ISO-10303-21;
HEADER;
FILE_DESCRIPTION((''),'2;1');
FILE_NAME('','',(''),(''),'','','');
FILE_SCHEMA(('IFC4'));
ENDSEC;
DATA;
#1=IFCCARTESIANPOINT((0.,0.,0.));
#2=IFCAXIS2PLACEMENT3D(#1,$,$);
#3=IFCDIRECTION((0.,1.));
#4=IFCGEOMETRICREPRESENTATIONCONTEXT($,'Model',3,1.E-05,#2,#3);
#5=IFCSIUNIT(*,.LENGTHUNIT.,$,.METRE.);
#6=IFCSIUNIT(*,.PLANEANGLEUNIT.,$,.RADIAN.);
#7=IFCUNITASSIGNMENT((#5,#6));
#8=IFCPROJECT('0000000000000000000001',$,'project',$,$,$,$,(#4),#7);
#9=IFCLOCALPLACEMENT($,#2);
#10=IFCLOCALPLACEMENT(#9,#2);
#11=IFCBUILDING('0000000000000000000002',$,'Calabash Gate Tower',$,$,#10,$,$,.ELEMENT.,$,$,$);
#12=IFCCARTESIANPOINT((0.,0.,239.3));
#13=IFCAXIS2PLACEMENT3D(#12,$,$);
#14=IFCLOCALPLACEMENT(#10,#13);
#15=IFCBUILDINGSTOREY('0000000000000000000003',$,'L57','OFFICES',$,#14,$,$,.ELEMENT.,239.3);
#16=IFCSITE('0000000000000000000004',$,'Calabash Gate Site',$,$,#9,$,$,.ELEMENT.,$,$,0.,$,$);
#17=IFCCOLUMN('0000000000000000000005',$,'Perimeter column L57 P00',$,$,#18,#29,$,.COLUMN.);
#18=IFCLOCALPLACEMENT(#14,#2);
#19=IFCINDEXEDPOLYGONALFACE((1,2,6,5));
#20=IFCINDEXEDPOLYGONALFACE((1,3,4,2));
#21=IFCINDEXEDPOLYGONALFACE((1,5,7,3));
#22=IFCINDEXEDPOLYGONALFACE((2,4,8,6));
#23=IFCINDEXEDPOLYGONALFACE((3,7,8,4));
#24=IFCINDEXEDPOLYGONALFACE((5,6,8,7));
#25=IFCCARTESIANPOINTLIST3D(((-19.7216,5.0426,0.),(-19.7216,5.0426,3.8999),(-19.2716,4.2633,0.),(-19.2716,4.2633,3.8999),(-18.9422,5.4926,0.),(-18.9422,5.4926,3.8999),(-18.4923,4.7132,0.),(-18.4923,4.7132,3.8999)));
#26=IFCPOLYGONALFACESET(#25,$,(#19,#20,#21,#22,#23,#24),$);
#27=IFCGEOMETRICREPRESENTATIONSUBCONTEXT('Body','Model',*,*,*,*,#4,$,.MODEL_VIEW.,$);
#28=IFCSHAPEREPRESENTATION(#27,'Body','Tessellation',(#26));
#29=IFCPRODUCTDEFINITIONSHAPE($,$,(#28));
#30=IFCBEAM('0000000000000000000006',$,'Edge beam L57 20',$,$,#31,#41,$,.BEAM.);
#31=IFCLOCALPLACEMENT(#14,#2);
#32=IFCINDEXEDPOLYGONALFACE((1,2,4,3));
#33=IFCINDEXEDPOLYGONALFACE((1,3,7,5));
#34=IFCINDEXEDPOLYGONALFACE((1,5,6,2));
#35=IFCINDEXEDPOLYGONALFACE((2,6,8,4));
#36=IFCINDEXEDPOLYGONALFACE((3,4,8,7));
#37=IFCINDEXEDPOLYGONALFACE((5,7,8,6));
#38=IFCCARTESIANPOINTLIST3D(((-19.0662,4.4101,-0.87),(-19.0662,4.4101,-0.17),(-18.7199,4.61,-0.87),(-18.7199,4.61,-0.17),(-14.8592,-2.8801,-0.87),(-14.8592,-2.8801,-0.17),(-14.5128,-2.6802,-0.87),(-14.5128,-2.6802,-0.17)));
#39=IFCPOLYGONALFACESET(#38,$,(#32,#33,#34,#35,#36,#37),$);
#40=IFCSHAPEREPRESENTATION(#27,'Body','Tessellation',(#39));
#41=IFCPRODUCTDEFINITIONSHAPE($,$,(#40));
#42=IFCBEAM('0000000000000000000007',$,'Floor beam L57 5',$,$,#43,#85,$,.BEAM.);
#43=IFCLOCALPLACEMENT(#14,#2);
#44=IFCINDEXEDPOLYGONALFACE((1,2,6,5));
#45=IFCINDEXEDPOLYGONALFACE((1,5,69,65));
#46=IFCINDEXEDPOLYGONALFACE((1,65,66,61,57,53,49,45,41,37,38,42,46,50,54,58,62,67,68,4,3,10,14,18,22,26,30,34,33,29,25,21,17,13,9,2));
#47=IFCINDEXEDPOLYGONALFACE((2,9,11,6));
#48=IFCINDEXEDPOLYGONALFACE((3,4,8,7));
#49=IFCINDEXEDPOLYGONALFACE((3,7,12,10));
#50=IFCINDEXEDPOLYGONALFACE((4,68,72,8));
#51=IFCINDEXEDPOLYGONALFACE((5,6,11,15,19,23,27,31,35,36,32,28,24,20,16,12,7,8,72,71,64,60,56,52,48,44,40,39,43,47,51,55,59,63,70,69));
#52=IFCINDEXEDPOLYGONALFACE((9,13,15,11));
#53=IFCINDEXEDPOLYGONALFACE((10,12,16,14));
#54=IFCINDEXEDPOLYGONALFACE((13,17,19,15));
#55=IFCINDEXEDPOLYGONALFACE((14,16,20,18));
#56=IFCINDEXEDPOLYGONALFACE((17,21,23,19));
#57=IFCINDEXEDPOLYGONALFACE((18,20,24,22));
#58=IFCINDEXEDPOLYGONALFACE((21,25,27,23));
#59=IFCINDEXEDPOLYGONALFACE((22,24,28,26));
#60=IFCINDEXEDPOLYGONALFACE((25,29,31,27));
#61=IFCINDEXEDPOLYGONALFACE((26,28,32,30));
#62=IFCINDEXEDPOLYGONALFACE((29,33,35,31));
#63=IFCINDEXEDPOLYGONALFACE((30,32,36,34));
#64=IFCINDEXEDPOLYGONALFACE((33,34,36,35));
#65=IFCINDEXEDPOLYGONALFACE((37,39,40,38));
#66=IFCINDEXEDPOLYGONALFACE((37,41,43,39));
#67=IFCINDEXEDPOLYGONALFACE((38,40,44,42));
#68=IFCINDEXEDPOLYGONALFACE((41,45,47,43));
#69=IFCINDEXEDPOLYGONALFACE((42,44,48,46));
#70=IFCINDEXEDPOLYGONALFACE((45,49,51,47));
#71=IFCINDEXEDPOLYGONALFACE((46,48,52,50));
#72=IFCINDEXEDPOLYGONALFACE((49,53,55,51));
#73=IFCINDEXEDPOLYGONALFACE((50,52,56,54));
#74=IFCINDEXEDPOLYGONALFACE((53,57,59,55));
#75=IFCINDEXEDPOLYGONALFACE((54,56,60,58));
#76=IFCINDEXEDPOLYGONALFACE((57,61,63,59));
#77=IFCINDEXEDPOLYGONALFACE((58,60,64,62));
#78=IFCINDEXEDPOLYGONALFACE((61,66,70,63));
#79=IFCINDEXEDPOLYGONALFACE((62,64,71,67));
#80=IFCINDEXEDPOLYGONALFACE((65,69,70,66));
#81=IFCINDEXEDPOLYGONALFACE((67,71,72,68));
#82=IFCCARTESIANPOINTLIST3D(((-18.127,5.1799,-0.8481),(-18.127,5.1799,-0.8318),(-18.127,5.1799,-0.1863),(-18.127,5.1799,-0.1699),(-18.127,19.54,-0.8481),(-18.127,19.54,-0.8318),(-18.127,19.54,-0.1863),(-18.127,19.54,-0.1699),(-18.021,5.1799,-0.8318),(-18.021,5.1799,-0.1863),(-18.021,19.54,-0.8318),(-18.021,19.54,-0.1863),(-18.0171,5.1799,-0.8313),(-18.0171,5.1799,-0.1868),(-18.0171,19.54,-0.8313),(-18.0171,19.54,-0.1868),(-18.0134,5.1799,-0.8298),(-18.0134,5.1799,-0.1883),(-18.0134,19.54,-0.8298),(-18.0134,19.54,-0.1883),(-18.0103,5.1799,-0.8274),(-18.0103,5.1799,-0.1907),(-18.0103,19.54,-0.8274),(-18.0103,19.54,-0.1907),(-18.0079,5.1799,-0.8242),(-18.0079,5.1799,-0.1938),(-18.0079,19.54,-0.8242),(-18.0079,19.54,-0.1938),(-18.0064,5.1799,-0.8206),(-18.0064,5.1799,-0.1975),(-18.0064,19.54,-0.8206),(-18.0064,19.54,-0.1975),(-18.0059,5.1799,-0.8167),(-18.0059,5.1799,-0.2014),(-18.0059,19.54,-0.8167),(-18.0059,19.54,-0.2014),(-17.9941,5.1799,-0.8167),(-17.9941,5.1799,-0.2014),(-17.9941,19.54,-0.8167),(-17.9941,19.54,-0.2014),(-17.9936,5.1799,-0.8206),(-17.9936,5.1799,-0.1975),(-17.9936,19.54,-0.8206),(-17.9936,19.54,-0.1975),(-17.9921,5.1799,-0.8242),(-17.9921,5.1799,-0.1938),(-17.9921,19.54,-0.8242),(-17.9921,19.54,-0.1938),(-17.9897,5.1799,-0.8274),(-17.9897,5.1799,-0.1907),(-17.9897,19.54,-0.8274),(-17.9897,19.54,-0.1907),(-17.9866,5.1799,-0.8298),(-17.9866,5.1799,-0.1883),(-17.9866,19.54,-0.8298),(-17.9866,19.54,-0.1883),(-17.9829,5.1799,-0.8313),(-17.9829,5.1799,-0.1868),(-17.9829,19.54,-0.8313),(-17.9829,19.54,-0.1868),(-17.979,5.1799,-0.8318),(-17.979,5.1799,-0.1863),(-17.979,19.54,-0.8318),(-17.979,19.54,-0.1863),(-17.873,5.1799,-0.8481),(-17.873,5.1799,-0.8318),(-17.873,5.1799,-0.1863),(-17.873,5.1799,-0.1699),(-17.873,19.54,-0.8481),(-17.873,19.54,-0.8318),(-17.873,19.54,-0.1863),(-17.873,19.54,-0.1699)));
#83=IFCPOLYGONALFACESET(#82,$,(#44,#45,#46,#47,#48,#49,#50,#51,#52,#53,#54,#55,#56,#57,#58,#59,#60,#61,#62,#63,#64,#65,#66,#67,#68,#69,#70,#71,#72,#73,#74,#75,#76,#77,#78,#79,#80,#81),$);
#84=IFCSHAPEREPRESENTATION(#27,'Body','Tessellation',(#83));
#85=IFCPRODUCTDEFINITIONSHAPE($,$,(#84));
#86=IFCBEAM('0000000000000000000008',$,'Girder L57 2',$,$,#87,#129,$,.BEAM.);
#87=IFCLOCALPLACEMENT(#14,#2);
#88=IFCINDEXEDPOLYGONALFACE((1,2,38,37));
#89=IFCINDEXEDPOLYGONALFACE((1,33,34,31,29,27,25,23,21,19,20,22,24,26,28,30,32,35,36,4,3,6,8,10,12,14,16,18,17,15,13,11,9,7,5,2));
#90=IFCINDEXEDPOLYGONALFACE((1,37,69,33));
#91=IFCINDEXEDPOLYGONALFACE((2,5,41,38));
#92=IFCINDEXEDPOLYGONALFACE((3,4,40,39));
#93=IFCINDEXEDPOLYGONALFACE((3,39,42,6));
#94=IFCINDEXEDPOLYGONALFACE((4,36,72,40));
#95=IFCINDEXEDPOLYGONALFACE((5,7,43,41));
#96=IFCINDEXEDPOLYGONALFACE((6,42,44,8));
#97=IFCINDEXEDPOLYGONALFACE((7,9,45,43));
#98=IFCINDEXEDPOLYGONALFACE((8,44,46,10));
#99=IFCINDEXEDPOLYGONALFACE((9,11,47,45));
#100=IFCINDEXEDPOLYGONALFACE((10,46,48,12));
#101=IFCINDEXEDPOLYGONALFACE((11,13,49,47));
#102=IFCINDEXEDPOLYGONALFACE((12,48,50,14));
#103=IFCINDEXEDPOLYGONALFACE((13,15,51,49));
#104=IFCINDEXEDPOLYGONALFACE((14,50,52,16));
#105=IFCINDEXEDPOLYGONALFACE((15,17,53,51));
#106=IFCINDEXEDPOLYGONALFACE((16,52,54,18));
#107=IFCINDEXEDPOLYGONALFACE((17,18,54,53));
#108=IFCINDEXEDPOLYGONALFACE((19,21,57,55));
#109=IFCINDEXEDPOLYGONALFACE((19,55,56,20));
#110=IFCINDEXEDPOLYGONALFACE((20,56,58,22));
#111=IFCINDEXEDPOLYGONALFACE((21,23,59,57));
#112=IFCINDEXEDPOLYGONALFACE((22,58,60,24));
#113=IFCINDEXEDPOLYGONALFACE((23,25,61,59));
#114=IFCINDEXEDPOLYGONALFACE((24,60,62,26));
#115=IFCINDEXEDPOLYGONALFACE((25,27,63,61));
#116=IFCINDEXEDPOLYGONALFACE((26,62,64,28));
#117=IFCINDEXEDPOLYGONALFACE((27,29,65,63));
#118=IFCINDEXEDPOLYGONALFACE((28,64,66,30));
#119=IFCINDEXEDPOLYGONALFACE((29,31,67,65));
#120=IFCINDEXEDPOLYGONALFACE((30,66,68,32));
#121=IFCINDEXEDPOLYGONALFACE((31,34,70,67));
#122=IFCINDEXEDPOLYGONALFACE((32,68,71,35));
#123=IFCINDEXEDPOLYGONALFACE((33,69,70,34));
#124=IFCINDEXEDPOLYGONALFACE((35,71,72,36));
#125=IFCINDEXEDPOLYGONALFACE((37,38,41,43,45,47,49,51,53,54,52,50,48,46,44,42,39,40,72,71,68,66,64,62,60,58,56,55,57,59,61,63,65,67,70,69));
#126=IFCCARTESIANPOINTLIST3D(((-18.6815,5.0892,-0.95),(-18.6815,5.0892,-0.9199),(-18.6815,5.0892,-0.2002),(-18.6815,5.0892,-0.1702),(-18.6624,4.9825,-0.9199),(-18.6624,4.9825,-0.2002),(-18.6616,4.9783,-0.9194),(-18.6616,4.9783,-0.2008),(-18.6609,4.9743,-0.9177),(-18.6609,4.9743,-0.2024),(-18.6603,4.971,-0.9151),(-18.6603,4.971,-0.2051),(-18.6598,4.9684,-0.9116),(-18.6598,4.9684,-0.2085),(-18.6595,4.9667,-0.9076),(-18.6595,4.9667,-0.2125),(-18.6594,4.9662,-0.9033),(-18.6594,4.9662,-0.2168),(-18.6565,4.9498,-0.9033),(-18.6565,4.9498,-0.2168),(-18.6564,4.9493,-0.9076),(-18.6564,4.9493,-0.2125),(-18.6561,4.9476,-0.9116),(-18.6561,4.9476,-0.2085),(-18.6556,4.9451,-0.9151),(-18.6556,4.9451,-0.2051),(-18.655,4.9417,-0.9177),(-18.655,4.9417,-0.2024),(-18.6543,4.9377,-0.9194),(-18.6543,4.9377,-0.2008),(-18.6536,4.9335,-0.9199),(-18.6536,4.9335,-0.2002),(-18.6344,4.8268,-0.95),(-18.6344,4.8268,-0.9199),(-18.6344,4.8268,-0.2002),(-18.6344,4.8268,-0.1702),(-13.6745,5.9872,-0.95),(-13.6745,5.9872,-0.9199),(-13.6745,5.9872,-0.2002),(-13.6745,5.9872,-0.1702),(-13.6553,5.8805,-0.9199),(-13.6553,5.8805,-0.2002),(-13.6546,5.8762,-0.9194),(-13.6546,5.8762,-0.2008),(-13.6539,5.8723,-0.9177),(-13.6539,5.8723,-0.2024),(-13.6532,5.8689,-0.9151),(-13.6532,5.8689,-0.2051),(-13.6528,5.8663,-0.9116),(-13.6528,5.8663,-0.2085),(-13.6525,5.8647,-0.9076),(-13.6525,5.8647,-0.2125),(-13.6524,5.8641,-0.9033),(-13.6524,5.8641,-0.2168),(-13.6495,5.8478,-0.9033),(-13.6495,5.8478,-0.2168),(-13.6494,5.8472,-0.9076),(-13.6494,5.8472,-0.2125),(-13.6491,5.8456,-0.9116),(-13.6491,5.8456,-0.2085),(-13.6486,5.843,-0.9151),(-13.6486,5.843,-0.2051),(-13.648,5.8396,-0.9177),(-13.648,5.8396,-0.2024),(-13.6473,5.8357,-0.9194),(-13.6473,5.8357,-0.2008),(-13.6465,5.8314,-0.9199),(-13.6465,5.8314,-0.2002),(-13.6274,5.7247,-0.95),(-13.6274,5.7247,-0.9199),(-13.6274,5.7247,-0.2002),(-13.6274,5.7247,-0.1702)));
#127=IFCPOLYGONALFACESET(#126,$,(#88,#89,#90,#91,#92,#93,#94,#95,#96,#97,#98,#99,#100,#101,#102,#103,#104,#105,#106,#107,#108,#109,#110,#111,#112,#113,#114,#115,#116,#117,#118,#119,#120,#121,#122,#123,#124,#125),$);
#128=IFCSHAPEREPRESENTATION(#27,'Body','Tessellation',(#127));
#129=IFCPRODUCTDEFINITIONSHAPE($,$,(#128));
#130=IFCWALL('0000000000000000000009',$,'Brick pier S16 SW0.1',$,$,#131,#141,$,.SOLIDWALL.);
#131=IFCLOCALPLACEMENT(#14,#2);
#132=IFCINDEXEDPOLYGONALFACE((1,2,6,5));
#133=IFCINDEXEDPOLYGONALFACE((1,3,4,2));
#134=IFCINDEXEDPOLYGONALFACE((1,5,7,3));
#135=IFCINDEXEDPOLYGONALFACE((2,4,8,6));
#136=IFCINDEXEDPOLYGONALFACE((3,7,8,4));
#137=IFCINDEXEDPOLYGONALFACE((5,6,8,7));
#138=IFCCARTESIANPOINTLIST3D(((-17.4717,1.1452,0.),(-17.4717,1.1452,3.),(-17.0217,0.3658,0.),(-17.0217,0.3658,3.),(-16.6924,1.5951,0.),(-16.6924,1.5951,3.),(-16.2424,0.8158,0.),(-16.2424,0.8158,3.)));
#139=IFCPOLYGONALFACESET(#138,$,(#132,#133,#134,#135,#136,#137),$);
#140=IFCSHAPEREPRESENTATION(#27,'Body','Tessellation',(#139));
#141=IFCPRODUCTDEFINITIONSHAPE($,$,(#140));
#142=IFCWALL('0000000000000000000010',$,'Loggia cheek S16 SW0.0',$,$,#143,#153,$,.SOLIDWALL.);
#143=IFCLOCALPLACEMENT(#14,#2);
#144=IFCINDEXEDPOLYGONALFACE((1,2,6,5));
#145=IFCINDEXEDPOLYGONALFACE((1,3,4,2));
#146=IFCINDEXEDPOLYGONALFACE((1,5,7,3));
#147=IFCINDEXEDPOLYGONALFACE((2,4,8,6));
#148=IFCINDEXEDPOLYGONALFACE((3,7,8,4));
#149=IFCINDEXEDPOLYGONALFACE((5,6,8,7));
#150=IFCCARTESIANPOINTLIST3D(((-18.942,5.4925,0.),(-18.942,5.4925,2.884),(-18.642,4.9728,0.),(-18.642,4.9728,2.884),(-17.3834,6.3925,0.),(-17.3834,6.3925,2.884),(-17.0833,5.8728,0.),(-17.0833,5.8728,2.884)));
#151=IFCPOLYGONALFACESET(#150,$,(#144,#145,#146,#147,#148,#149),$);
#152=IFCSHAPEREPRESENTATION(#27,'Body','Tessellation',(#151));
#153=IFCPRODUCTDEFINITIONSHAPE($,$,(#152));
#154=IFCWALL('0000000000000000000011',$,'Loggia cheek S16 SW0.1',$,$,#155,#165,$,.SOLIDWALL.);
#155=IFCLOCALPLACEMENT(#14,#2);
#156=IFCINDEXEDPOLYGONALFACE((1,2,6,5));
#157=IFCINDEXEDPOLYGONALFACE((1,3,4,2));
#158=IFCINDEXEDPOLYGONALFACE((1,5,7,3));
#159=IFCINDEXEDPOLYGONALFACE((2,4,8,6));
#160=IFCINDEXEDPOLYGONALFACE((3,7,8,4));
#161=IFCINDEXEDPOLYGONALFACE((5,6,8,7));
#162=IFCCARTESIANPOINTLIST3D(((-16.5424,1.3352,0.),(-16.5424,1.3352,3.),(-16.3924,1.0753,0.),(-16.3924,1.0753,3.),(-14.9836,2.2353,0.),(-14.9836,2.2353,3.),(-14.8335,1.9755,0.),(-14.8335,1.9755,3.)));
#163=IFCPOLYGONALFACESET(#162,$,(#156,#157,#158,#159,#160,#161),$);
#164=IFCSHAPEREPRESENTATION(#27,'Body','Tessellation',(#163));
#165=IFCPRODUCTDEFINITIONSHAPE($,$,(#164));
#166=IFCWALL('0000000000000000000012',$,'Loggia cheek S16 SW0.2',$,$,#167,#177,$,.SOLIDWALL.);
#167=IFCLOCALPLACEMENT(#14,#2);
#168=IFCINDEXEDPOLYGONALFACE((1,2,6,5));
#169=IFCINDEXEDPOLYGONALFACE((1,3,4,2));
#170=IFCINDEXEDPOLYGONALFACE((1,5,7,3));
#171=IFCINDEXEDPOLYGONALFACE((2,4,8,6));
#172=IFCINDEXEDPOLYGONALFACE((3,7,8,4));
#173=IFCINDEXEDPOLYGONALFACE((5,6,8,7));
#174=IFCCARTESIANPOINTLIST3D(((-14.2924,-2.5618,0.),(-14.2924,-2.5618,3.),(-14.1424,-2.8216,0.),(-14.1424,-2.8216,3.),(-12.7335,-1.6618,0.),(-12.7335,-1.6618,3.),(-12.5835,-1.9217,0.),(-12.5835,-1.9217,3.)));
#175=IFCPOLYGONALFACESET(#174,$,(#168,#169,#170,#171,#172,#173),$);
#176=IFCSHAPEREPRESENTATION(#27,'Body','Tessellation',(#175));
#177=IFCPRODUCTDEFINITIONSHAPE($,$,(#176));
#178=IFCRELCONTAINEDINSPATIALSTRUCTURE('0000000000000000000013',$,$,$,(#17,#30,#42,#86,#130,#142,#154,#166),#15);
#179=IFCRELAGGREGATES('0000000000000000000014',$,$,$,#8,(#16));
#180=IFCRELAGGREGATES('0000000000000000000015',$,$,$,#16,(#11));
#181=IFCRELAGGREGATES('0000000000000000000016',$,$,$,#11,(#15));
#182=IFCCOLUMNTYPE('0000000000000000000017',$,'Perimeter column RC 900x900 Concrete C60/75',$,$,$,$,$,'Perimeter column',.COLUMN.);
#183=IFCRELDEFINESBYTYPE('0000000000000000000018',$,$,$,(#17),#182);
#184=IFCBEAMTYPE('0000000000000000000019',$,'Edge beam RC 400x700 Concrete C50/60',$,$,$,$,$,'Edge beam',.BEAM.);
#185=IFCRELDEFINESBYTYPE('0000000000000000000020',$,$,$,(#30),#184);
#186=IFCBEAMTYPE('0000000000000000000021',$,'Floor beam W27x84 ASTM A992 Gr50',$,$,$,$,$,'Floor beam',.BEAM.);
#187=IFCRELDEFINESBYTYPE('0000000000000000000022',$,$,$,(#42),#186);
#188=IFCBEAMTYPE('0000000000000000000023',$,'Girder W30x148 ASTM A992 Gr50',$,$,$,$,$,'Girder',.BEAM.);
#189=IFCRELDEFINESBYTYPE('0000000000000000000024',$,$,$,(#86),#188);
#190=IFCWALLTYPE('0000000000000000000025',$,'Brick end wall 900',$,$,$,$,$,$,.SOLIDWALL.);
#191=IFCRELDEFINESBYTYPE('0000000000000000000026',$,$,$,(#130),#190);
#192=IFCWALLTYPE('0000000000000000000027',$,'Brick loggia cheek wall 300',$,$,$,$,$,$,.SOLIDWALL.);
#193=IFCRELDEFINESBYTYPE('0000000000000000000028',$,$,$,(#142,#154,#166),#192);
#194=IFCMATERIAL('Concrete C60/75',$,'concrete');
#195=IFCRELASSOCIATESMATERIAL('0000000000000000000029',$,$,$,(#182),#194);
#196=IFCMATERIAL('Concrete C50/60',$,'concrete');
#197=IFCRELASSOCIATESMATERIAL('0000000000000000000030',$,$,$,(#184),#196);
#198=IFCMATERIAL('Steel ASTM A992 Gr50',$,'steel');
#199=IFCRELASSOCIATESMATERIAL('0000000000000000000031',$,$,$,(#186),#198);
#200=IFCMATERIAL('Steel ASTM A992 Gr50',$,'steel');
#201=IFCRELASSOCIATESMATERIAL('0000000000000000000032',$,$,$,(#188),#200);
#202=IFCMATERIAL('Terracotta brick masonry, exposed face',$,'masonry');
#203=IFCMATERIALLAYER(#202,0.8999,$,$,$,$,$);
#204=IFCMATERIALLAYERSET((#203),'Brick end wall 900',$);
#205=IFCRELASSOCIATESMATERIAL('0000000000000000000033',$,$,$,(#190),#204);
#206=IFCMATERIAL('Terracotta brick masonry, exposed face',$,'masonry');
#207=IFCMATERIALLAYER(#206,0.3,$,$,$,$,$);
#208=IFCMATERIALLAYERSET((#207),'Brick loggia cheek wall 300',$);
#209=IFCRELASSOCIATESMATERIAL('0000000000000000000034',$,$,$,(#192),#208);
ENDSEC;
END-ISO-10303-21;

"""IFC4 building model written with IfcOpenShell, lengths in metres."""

from ifc_helpers import new_model, si_unit, direction, frame, frame_2d, origin, origin_2d, place, context, subcontext, project, spatial, rectangle, i_section, extrude, material, layer, layer_set, material_profile, profile_set, type_object, element, save


model = new_model("IFC4")

# Units and contexts
model_context = context("Model", 3, precision=1e-05, world=origin(), true_north=direction((0.0, 1.0)))
body_context = subcontext(model_context, "Body", "Model", "MODEL_VIEW")
ifc_project = project(units=[si_unit("LENGTHUNIT", "METRE"), si_unit("PLANEANGLEUNIT", "RADIAN")], contexts=[model_context])

# Site, building, storey
site_placement = place(None, origin())
site = spatial("IfcSite", under=ifc_project, at=site_placement, Name="Calabash Gate Site", CompositionType="ELEMENT", RefElevation=0.0)
building_placement = place(site_placement, origin())
building = spatial("IfcBuilding", under=site, at=building_placement, Name="Calabash Gate Tower", CompositionType="ELEMENT")
storey_placement = place(building_placement, frame((0.0, 0.0, 239.3)))
storey = spatial("IfcBuildingStorey", under=building, at=storey_placement, Name="L57", Description="OFFICES", CompositionType="ELEMENT", Elevation=239.3)

# Column
ifc_material_1 = material(Name="Concrete C60/75", Category="concrete")
ifc_material_profile_1 = material_profile(ifc_material_1, rectangle(XDim=0.8999, YDim=0.8999, at=origin_2d()))
ifc_profile_set_1 = profile_set([ifc_material_profile_1], Name="Concrete C60/75")
column_type = type_object("IfcColumnType", Name="Perimeter column RC 900x900 Concrete C60/75", ElementType="Perimeter column", PredefinedType="COLUMN", material=ifc_profile_set_1)
column_placement = place(storey_placement, frame((-19.1069, 4.8779, 0.0), z_axis=(0.0, 0.0, 1.0), x_axis=(0.5, -0.866025, 0.0)))
element("IfcColumn", 1, at=column_placement, inside=storey, type_object=column_type, Name="Perimeter column L57 P00", PredefinedType="COLUMN", context=body_context, shape_type="SweptSolid", body=[
    extrude(rectangle(XDim=0.8999, YDim=0.8999, at=origin_2d()), origin(), (0.0, 0.0, 1.0), 3.8999),
])

# Beams
ifc_material_2 = material(Name="Concrete C50/60", Category="concrete")
ifc_material_profile_2 = material_profile(ifc_material_2, rectangle(XDim=0.3999, YDim=0.7, at=origin_2d()))
ifc_profile_set_2 = profile_set([ifc_material_profile_2], Name="Concrete C50/60")
beam_type_1 = type_object("IfcBeamType", Name="Edge beam RC 400x700 Concrete C50/60", ElementType="Edge beam", PredefinedType="BEAM", material=ifc_profile_set_2)
beam_1_placement = place(storey_placement, frame((-18.8931, 4.51, -0.52), z_axis=(0.499833, -0.866122, 0.0), x_axis=(0.866122, 0.499833, 0.0)))
element("IfcBeam", 2, at=beam_1_placement, inside=storey, type_object=beam_type_1, Name="Edge beam L57 20", PredefinedType="BEAM", context=body_context, shape_type="SweptSolid", body=[
    extrude(rectangle(XDim=0.3999, YDim=0.7, at=origin_2d()), origin(), (0.0, 0.0, 1.0), 8.417),
])
ifc_material_3 = material(Name="Steel ASTM A992 Gr50", Category="steel")
ifc_material_profile_3 = material_profile(ifc_material_3, i_section(OverallWidth=0.2539, OverallDepth=0.6782, WebThickness=0.0117, FlangeThickness=0.0164, FilletRadius=0.0151, at=origin_2d()))
ifc_profile_set_3 = profile_set([ifc_material_profile_3], Name="Steel ASTM A992 Gr50")
beam_type_2 = type_object("IfcBeamType", Name="Floor beam W27x84 ASTM A992 Gr50", ElementType="Floor beam", PredefinedType="BEAM", material=ifc_profile_set_3)
beam_2_placement = place(storey_placement, frame((-18.0, 5.1799, -0.509), z_axis=(0.0, 1.0, 0.0), x_axis=(-1.0, 0.0, 0.0)))
element("IfcBeam", 3, at=beam_2_placement, inside=storey, type_object=beam_type_2, Name="Floor beam L57 5", PredefinedType="BEAM", context=body_context, shape_type="SweptSolid", body=[
    extrude(i_section(OverallWidth=0.2539, OverallDepth=0.6782, WebThickness=0.0117, FlangeThickness=0.0164, FilletRadius=0.0151, at=origin_2d()), origin(), (0.0, 0.0, 1.0), 14.3601),
])
ifc_material_4 = material(Name="Steel ASTM A992 Gr50", Category="steel")
ifc_material_profile_4 = material_profile(ifc_material_4, i_section(OverallWidth=0.2666, OverallDepth=0.7798, WebThickness=0.0166, FlangeThickness=0.03, FilletRadius=0.0166, at=origin_2d()))
ifc_profile_set_4 = profile_set([ifc_material_profile_4], Name="Steel ASTM A992 Gr50")
beam_type_3 = type_object("IfcBeamType", Name="Girder W30x148 ASTM A992 Gr50", ElementType="Girder", PredefinedType="BEAM", material=ifc_profile_set_4)
beam_3_placement = place(storey_placement, frame((-18.658, 4.958, -0.5601), z_axis=(0.984297, 0.17652, 0.0), x_axis=(-0.17652, 0.984297, 0.0)))
element("IfcBeam", 4, at=beam_3_placement, inside=storey, type_object=beam_type_3, Name="Girder L57 2", PredefinedType="BEAM", context=body_context, shape_type="SweptSolid", body=[
    extrude(i_section(OverallWidth=0.2666, OverallDepth=0.7798, WebThickness=0.0166, FlangeThickness=0.03, FilletRadius=0.0166, at=origin_2d()), origin(), (0.0, 0.0, 1.0), 5.0869),
])

# Walls
ifc_material_5 = material(Name="Terracotta brick masonry, exposed face", Category="masonry")
ifc_layer_1 = layer(ifc_material_5, 0.8999)
ifc_layer_set_1 = layer_set([ifc_layer_1], Name="Brick end wall 900")
wall_type_1 = type_object("IfcWallType", Name="Brick end wall 900", PredefinedType="SOLIDWALL", material=ifc_layer_set_1)
wall_1_placement = place(storey_placement, frame((-16.6321, 0.5908, 0.0), z_axis=(0.0, 0.0, 1.0), x_axis=(-0.50002, 0.866014, 0.0)))
element("IfcWall", 5, at=wall_1_placement, inside=storey, type_object=wall_type_1, Name="Brick pier S16 SW0.1", PredefinedType="SOLIDWALL", context=body_context, shape_type="SweptSolid", body=[
    extrude(rectangle(XDim=0.8999, YDim=0.8999, at=frame_2d((0.45, 0.0))), origin(), (0.0, 0.0, 1.0), 3.0),
])
ifc_material_6 = material(Name="Terracotta brick masonry, exposed face", Category="masonry")
ifc_layer_2 = layer(ifc_material_6, 0.3)
ifc_layer_set_2 = layer_set([ifc_layer_2], Name="Brick loggia cheek wall 300")
wall_type_2 = type_object("IfcWallType", Name="Brick loggia cheek wall 300", PredefinedType="SOLIDWALL", material=ifc_layer_set_2)
wall_2_placement = place(storey_placement, frame((-18.792, 5.2327, 0.0), z_axis=(0.0, 0.0, 1.0), x_axis=(0.866014, 0.50002, 0.0)))
element("IfcWall", 6, at=wall_2_placement, inside=storey, type_object=wall_type_2, Name="Loggia cheek S16 SW0.0", PredefinedType="SOLIDWALL", context=body_context, shape_type="SweptSolid", body=[
    extrude(rectangle(XDim=1.7998, YDim=0.6001, at=frame_2d((0.8999, 0.0))), origin(), (0.0, 0.0, 1.0), 2.884),
])
for number, where, z_axis, x_axis, name in (
    (7, (-16.4673, 1.2053, 0.0), (0.0, 0.0, 1.0), (0.865989, 0.500063, 0.0), "Loggia cheek S16 SW0.1"),
    (8, (-14.2173, -2.6917, 0.0), (0.0, 0.0, 1.0), (0.866048, 0.499961, 0.0), "Loggia cheek S16 SW0.2"),
):
    element("IfcWall", number, at=place(storey_placement, frame(where, z_axis=z_axis, x_axis=x_axis)), inside=storey, type_object=wall_type_2, Name=name, PredefinedType="SOLIDWALL", context=body_context, shape_type="SweptSolid", body=[
        extrude(rectangle(XDim=1.8, YDim=0.3, at=frame_2d((0.8999, 0.0))), origin(), (0.0, 0.0, 1.0), 3.0),
    ])

save(model, "model.ifc")
